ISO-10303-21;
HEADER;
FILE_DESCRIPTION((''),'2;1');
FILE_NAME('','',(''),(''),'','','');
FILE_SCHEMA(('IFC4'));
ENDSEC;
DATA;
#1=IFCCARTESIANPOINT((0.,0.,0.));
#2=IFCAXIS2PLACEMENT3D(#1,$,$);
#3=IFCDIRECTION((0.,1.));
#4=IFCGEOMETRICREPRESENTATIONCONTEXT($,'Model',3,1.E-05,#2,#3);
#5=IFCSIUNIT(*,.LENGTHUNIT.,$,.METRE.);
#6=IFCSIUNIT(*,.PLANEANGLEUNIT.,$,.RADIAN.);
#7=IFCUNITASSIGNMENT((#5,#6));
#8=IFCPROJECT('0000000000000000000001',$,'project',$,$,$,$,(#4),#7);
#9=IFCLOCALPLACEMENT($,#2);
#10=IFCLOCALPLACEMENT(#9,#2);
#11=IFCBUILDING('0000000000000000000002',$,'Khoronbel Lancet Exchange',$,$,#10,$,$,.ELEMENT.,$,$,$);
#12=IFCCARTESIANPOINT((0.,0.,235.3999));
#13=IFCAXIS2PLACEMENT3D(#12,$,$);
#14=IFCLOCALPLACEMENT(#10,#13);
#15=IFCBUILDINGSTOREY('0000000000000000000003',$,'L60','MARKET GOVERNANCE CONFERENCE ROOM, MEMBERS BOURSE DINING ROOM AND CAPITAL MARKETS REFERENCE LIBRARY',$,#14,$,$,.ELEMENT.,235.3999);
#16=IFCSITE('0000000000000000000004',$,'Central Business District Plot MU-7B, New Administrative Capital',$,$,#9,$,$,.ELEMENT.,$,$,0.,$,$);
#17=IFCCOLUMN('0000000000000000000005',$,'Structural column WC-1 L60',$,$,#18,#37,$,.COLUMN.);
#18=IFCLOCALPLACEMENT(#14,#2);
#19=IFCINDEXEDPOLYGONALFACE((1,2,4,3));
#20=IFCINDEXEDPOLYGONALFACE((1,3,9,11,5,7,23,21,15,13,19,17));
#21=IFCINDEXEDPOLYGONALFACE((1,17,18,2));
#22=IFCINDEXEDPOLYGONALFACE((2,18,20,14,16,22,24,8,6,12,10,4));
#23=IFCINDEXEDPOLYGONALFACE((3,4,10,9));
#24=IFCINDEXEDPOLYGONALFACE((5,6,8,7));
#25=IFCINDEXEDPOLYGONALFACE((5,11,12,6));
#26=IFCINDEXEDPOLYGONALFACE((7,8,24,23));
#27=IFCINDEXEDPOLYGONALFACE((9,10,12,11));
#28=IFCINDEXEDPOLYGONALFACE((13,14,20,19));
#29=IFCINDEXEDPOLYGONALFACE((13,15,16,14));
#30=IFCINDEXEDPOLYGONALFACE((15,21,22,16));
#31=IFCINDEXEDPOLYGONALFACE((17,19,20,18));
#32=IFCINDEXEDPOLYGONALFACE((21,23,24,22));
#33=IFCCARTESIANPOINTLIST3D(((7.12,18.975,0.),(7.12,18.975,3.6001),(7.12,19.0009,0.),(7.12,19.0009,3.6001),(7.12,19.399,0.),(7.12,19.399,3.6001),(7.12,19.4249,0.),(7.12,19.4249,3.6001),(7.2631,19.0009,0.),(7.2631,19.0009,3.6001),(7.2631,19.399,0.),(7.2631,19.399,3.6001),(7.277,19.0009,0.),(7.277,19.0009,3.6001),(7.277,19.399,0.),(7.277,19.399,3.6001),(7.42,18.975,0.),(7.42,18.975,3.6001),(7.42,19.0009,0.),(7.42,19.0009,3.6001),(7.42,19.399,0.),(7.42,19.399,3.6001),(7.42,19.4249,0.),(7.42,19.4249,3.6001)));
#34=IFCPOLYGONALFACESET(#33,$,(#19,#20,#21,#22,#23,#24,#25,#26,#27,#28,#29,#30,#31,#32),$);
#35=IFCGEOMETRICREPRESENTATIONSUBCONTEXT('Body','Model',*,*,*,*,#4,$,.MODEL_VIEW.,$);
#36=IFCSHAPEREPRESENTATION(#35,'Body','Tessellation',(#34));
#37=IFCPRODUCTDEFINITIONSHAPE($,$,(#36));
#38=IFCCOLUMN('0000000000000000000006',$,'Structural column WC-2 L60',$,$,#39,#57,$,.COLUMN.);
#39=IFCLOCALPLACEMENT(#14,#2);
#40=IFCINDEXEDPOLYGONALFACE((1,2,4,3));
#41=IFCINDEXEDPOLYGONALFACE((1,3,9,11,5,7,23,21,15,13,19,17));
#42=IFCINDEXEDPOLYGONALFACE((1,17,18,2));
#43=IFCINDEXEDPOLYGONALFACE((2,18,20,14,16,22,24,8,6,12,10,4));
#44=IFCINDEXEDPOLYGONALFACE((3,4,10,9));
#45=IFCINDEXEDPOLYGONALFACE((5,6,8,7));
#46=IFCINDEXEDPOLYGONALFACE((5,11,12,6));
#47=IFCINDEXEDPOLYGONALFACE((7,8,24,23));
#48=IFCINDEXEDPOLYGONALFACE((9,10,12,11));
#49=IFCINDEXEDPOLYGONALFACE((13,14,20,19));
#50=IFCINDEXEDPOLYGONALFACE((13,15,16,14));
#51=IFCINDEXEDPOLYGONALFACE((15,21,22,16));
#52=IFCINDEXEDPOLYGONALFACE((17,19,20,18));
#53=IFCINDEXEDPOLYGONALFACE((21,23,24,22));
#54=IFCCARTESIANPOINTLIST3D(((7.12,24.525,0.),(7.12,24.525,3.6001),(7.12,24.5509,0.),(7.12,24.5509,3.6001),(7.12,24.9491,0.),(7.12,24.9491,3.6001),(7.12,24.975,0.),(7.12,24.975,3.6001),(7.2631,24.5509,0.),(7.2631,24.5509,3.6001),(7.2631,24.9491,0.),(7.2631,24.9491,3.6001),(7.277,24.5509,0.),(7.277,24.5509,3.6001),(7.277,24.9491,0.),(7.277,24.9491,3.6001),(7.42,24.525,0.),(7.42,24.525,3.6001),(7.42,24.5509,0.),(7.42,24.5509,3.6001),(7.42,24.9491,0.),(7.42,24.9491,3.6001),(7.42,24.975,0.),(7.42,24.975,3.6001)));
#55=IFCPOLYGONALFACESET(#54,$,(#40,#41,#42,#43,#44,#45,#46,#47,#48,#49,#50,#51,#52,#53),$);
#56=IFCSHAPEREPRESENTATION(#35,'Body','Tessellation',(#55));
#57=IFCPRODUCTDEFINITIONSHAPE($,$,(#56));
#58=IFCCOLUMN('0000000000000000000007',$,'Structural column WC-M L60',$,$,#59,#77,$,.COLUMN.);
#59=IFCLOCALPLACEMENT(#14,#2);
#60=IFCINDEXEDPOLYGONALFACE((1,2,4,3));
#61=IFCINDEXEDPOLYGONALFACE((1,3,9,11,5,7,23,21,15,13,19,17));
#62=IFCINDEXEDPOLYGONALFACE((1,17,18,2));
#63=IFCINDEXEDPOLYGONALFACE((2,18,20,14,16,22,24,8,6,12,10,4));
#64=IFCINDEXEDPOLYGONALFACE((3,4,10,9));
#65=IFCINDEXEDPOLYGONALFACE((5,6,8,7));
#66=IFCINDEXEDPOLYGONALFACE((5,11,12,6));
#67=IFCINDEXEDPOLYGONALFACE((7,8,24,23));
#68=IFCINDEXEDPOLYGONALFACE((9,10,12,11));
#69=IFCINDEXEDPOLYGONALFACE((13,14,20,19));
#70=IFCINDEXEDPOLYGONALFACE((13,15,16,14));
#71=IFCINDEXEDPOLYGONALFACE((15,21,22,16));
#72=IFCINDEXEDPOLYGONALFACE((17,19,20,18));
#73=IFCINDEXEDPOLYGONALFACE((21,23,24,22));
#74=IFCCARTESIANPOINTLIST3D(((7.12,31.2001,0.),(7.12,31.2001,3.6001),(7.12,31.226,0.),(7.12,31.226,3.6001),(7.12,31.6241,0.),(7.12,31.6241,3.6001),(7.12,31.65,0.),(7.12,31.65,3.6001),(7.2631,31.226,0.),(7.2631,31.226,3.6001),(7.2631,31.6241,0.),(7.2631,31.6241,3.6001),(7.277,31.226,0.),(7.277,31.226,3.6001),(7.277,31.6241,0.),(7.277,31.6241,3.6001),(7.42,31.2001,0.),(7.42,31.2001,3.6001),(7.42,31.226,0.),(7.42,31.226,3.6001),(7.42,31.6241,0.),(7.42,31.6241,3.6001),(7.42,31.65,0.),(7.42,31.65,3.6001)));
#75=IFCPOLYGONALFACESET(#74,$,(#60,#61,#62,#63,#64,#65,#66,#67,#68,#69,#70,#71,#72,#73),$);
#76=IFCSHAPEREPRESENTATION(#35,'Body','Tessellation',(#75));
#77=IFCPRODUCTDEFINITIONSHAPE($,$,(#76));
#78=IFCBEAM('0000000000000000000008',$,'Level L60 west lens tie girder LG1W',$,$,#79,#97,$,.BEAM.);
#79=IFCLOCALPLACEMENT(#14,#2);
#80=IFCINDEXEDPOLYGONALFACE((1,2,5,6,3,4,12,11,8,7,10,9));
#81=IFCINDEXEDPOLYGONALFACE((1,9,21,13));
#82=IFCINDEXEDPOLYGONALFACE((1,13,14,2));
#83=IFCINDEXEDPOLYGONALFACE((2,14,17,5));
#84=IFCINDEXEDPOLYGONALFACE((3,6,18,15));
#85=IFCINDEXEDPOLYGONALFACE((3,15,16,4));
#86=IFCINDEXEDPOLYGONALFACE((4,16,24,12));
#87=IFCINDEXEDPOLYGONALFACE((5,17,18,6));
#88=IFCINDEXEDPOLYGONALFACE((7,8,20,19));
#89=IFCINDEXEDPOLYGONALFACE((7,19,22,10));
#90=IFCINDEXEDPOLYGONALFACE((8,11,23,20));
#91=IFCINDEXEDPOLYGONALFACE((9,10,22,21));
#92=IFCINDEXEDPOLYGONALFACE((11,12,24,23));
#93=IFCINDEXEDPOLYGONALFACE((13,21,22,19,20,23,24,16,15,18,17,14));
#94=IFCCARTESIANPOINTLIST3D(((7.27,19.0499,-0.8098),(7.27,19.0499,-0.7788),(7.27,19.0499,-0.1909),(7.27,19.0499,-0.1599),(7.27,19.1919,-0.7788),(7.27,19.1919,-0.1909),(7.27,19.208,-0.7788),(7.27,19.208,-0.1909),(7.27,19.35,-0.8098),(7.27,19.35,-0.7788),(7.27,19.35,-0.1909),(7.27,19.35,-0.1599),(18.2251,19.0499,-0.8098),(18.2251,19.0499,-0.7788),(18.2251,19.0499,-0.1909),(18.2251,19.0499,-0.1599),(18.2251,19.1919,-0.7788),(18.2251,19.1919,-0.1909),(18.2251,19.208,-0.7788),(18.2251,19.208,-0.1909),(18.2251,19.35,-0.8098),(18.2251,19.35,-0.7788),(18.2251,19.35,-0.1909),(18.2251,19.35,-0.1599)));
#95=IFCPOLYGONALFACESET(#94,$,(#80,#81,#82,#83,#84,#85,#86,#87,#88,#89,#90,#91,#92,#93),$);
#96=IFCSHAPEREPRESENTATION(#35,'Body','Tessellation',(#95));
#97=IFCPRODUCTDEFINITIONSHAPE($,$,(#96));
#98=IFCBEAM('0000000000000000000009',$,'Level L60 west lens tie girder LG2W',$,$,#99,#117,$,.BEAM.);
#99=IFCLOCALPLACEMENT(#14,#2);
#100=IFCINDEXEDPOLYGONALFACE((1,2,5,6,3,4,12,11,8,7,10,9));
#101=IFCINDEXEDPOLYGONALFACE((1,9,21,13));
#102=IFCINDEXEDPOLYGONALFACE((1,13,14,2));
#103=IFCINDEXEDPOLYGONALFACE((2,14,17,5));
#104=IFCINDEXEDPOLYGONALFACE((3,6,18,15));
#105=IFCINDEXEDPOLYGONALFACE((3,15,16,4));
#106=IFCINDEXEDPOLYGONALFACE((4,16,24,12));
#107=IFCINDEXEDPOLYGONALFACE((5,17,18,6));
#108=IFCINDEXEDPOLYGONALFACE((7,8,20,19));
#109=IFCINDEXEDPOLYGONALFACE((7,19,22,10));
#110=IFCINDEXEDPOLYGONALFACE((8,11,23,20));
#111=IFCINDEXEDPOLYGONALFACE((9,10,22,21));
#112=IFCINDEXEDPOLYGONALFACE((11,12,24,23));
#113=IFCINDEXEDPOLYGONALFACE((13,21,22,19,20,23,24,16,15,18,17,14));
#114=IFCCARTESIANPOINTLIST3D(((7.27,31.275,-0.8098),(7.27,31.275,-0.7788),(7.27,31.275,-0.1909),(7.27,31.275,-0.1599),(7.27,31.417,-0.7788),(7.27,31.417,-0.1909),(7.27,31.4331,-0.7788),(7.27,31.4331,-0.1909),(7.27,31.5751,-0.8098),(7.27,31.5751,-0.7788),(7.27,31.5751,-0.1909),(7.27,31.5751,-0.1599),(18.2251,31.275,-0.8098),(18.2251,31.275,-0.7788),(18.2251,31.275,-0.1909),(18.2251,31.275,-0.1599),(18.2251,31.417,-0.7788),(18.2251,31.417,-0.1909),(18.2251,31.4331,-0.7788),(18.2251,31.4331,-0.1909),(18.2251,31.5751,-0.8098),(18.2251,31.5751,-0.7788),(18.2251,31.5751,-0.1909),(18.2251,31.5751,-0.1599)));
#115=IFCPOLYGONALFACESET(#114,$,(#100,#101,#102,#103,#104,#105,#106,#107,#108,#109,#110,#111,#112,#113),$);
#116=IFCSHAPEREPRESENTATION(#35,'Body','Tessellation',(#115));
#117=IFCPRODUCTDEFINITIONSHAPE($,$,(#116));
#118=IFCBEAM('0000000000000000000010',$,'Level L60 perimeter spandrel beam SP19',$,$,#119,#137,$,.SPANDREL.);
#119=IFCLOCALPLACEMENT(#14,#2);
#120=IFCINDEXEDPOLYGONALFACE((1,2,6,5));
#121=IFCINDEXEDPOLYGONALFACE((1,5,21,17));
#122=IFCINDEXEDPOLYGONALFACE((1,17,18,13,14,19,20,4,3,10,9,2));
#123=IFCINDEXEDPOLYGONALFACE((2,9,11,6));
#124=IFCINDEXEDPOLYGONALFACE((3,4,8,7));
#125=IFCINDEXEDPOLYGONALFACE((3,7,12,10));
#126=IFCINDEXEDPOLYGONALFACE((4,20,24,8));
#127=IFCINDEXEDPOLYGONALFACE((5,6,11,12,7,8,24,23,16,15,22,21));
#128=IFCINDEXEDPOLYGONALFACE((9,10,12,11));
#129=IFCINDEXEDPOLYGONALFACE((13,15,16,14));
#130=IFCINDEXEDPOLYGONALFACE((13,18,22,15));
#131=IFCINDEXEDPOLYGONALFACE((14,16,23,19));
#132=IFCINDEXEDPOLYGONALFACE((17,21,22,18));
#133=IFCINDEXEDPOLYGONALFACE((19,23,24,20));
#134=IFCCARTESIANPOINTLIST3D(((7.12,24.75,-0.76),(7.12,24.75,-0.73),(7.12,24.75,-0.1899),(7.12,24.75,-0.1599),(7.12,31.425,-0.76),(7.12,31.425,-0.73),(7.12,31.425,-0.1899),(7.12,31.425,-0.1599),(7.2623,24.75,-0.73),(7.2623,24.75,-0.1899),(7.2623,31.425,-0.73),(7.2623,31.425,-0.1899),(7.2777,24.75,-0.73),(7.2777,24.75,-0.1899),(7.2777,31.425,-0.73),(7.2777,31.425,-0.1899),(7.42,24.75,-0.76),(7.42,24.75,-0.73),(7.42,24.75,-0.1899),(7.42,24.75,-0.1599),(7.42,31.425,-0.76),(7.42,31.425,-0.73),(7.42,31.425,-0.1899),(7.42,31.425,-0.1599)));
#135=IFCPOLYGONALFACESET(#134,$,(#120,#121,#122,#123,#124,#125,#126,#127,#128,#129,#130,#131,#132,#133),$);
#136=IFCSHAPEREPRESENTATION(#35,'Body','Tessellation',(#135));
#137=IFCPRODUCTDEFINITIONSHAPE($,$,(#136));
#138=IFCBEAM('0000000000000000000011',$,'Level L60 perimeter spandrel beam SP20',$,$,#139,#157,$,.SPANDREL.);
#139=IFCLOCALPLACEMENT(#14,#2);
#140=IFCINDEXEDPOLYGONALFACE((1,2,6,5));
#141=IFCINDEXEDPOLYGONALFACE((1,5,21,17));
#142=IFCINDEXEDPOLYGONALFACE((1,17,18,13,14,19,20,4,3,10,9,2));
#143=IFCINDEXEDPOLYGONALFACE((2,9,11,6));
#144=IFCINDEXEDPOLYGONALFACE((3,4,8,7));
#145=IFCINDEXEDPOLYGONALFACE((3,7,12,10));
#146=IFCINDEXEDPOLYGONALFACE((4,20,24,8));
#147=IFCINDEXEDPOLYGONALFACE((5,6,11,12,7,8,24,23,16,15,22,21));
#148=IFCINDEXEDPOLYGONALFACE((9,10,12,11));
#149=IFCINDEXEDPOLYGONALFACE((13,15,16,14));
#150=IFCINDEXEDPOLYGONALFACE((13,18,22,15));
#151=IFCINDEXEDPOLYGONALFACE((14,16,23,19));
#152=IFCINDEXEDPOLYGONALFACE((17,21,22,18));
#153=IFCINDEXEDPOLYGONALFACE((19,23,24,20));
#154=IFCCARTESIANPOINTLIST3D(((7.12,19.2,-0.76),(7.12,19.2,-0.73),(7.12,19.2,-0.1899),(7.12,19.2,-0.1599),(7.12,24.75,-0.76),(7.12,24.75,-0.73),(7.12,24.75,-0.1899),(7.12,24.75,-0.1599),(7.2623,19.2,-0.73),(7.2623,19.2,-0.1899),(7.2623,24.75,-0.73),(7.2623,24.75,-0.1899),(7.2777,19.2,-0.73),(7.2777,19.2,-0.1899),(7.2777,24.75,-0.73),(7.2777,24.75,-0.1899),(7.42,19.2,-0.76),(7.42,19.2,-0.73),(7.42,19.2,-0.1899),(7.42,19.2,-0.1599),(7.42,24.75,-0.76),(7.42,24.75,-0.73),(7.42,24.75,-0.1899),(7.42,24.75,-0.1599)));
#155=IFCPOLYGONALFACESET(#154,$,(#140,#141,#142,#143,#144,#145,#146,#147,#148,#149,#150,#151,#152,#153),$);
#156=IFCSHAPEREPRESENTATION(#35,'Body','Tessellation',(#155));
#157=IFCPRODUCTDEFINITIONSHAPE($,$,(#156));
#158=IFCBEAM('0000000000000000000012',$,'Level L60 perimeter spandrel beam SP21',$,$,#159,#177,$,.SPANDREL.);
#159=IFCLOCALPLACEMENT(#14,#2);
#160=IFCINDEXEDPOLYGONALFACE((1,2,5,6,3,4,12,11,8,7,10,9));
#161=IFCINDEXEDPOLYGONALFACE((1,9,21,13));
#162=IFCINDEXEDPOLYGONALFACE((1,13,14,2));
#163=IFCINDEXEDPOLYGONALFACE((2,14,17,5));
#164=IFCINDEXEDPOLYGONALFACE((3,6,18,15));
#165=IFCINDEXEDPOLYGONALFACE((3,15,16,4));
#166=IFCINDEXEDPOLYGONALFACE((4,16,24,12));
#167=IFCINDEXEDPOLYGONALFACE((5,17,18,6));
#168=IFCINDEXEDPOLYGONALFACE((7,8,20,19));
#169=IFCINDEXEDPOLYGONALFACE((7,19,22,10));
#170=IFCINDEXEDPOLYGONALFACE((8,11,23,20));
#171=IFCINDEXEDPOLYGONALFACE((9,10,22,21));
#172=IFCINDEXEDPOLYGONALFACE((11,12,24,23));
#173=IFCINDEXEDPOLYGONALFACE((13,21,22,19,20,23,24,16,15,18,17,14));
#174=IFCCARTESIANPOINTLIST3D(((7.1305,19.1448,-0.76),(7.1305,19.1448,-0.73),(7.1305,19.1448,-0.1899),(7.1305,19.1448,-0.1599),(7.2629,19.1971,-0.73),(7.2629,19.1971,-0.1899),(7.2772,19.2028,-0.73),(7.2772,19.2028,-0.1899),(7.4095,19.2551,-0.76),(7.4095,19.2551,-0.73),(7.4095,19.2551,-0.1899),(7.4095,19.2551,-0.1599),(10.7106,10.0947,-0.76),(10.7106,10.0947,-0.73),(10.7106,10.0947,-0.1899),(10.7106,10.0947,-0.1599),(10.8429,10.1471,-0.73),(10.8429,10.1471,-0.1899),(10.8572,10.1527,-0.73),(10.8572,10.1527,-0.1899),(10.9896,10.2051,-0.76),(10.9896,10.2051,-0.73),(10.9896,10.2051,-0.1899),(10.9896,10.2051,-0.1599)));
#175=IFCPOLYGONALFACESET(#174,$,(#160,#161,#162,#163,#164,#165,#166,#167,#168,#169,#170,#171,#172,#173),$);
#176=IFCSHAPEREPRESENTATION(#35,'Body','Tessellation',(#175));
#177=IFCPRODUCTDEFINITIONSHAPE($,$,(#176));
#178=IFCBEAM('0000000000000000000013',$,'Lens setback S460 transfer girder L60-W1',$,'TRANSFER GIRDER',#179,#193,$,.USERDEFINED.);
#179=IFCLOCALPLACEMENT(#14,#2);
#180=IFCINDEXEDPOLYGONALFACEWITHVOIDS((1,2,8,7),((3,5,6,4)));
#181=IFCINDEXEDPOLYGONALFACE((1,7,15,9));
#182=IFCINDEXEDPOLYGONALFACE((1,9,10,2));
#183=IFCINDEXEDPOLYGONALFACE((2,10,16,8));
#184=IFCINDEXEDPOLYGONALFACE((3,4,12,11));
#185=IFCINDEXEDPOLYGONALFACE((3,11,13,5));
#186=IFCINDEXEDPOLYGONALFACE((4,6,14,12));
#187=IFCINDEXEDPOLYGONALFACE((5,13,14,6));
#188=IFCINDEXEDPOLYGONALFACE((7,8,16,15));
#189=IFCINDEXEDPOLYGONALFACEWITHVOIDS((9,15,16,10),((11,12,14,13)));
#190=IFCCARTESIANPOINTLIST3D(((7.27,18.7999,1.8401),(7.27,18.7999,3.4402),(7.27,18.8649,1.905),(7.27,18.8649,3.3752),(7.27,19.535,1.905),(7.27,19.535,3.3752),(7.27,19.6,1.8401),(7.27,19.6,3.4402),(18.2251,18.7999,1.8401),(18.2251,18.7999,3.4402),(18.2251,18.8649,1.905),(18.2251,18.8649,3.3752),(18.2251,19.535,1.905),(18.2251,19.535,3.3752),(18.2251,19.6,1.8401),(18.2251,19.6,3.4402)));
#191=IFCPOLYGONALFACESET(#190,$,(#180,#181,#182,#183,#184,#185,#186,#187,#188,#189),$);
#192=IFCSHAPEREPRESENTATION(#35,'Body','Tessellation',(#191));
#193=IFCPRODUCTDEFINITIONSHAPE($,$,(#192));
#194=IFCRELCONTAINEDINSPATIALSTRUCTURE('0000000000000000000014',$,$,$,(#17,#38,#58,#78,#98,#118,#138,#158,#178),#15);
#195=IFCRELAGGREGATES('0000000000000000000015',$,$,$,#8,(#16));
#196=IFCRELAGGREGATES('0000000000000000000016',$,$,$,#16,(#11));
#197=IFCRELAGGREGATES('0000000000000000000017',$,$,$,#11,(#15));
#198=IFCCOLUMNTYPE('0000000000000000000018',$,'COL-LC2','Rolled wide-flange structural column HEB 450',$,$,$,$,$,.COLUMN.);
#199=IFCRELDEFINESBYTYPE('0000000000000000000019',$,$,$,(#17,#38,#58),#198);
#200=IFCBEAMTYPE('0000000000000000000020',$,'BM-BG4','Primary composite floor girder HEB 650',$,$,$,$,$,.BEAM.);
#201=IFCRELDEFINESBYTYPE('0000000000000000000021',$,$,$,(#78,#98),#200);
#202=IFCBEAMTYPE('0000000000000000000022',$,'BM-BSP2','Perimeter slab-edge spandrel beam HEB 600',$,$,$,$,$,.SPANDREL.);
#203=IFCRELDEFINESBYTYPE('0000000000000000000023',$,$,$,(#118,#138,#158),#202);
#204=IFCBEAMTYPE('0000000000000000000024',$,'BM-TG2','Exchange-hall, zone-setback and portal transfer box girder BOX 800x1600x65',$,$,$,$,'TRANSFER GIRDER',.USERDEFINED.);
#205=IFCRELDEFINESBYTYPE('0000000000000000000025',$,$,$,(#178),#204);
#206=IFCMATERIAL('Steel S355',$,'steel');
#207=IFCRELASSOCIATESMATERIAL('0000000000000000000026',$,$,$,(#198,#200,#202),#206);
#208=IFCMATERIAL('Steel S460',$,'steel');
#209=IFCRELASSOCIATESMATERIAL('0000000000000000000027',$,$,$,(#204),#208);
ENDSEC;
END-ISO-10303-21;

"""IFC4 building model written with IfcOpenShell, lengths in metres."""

from ifc_helpers import new_model, si_unit, direction, frame, origin, origin_2d, place, context, subcontext, project, spatial, hollow_rectangle, i_section, extrude, material, material_profile, profile_set, type_object, element, save


model = new_model("IFC4")

# Units and contexts
model_context = context("Model", 3, precision=1e-05, world=origin(), true_north=direction((0.0, 1.0)))
body_context = subcontext(model_context, "Body", "Model", "MODEL_VIEW")
ifc_project = project(units=[si_unit("LENGTHUNIT", "METRE"), si_unit("PLANEANGLEUNIT", "RADIAN")], contexts=[model_context])

# Site, building, storey
site_placement = place(None, origin())
site = spatial("IfcSite", under=ifc_project, at=site_placement, Name="Central Business District Plot MU-7B, New Administrative Capital", CompositionType="ELEMENT", RefElevation=0.0)
building_placement = place(site_placement, origin())
building = spatial("IfcBuilding", under=site, at=building_placement, Name="Khoronbel Lancet Exchange", CompositionType="ELEMENT")
storey_placement = place(building_placement, frame((0.0, 0.0, 235.3999)))
storey = spatial("IfcBuildingStorey", under=building, at=storey_placement, Name="L60", Description="MARKET GOVERNANCE CONFERENCE ROOM, MEMBERS BOURSE DINING ROOM AND CAPITAL MARKETS REFERENCE LIBRARY", CompositionType="ELEMENT", Elevation=235.3999)

# Columns
ifc_material_1 = material(Name="Steel S355", Category="steel")
ifc_material_profile_1 = material_profile(ifc_material_1, i_section(OverallWidth=0.3, OverallDepth=0.45, WebThickness=0.0139, FlangeThickness=0.0259, at=origin_2d()), Name="HEB 450")
ifc_profile_set_1 = profile_set([ifc_material_profile_1], Name="Steel S355")
column_type = type_object("IfcColumnType", Name="COL-LC2", Description="Rolled wide-flange structural column HEB 450", PredefinedType="COLUMN", material=ifc_profile_set_1)
for number, where, z_axis, x_axis, name in (
    (1, (7.27, 19.2, 0.0), (0.0, 0.0, 1.0), (1.0, 0.0, 0.0), "Structural column WC-1 L60"),
    (2, (7.27, 24.75, 0.0), (0.0, 0.0, 1.0), (1.0, 0.0, 0.0), "Structural column WC-2 L60"),
    (3, (7.27, 31.425, 0.0), (0.0, 0.0, 1.0), (1.0, 0.0, 0.0), "Structural column WC-M L60"),
):
    element("IfcColumn", number, at=place(storey_placement, frame(where, z_axis=z_axis, x_axis=x_axis)), inside=storey, type_object=column_type, Name=name, PredefinedType="COLUMN", context=body_context, shape_type="SweptSolid", body=[
        extrude(i_section(OverallWidth=0.3, OverallDepth=0.45, WebThickness=0.0139, FlangeThickness=0.0259, at=origin_2d()), origin(), (0.0, 0.0, 1.0), 3.6001),
    ])

# Beams
ifc_material_profile_2 = material_profile(ifc_material_1, i_section(OverallWidth=0.3, OverallDepth=0.6499, WebThickness=0.0161, FlangeThickness=0.031, at=origin_2d()), Name="HEB 650")
ifc_profile_set_2 = profile_set([ifc_material_profile_2], Name="Steel S355")
beam_type_1 = type_object("IfcBeamType", Name="BM-BG4", Description="Primary composite floor girder HEB 650", PredefinedType="BEAM", material=ifc_profile_set_2)
for number, where, z_axis, x_axis, name in (
    (4, (7.27, 19.2, -0.4849), (1.0, 0.0, 0.0), (0.0, 1.0, 0.0), "Level L60 west lens tie girder LG1W"),
    (5, (7.27, 31.425, -0.4849), (1.0, 0.0, 0.0), (0.0, 1.0, 0.0), "Level L60 west lens tie girder LG2W"),
):
    element("IfcBeam", number, at=place(storey_placement, frame(where, z_axis=z_axis, x_axis=x_axis)), inside=storey, type_object=beam_type_1, Name=name, PredefinedType="BEAM", context=body_context, shape_type="SweptSolid", body=[
        extrude(i_section(OverallWidth=0.3, OverallDepth=0.6499, WebThickness=0.0161, FlangeThickness=0.031, at=origin_2d()), origin(), (0.0, 0.0, 1.0), 10.9551),
    ])
ifc_material_profile_3 = material_profile(ifc_material_1, i_section(OverallWidth=0.3, OverallDepth=0.6001, WebThickness=0.0154, FlangeThickness=0.03, at=origin_2d()), Name="HEB 600")
ifc_profile_set_3 = profile_set([ifc_material_profile_3], Name="Steel S355")
beam_type_2 = type_object("IfcBeamType", Name="BM-BSP2", Description="Perimeter slab-edge spandrel beam HEB 600", PredefinedType="SPANDREL", material=ifc_profile_set_3)
beam_1_placement = place(storey_placement, frame((7.27, 31.425, -0.46), z_axis=(0.0, -1.0, 0.0), x_axis=(1.0, 0.0, 0.0)))
element("IfcBeam", 6, at=beam_1_placement, inside=storey, type_object=beam_type_2, Name="Level L60 perimeter spandrel beam SP19", PredefinedType="SPANDREL", context=body_context, shape_type="SweptSolid", body=[
    extrude(i_section(OverallWidth=0.3, OverallDepth=0.6001, WebThickness=0.0154, FlangeThickness=0.03, at=origin_2d()), origin(), (0.0, 0.0, 1.0), 6.675),
])
beam_2_placement = place(storey_placement, frame((7.27, 24.75, -0.46), z_axis=(0.0, -1.0, 0.0), x_axis=(1.0, 0.0, 0.0)))
element("IfcBeam", 7, at=beam_2_placement, inside=storey, type_object=beam_type_2, Name="Level L60 perimeter spandrel beam SP20", PredefinedType="SPANDREL", context=body_context, shape_type="SweptSolid", body=[
    extrude(i_section(OverallWidth=0.3, OverallDepth=0.6001, WebThickness=0.0154, FlangeThickness=0.03, at=origin_2d()), origin(), (0.0, 0.0, 1.0), 5.55),
])
beam_3_placement = place(storey_placement, frame((7.27, 19.2, -0.46), z_axis=(0.36785, -0.929885, 0.0), x_axis=(0.929885, 0.36785, 0.0)))
element("IfcBeam", 8, at=beam_3_placement, inside=storey, type_object=beam_type_2, Name="Level L60 perimeter spandrel beam SP21", PredefinedType="SPANDREL", context=body_context, shape_type="SweptSolid", body=[
    extrude(i_section(OverallWidth=0.3, OverallDepth=0.6001, WebThickness=0.0154, FlangeThickness=0.03, at=origin_2d()), origin(), (0.0, 0.0, 1.0), 9.7324),
])
ifc_material_2 = material(Name="Steel S460", Category="steel")
ifc_material_profile_4 = material_profile(ifc_material_2, hollow_rectangle(XDim=0.8, YDim=1.6001, WallThickness=0.0649, at=origin_2d()), Name="BOX 800x1600x65")
ifc_profile_set_4 = profile_set([ifc_material_profile_4], Name="Steel S460")
beam_type_3 = type_object("IfcBeamType", Name="BM-TG2", Description="Exchange-hall, zone-setback and portal transfer box girder BOX 800x1600x65", ElementType="TRANSFER GIRDER", PredefinedType="USERDEFINED", material=ifc_profile_set_4)
beam_4_placement = place(storey_placement, frame((7.27, 19.2, 2.6401), z_axis=(1.0, 0.0, 0.0), x_axis=(0.0, 1.0, 0.0)))
element("IfcBeam", 9, at=beam_4_placement, inside=storey, type_object=beam_type_3, Name="Lens setback S460 transfer girder L60-W1", ObjectType="TRANSFER GIRDER", PredefinedType="USERDEFINED", context=body_context, shape_type="SweptSolid", body=[
    extrude(hollow_rectangle(XDim=0.8, YDim=1.6001, WallThickness=0.0649, at=origin_2d()), origin(), (0.0, 0.0, 1.0), 10.9551),
])

save(model, "model.ifc")
